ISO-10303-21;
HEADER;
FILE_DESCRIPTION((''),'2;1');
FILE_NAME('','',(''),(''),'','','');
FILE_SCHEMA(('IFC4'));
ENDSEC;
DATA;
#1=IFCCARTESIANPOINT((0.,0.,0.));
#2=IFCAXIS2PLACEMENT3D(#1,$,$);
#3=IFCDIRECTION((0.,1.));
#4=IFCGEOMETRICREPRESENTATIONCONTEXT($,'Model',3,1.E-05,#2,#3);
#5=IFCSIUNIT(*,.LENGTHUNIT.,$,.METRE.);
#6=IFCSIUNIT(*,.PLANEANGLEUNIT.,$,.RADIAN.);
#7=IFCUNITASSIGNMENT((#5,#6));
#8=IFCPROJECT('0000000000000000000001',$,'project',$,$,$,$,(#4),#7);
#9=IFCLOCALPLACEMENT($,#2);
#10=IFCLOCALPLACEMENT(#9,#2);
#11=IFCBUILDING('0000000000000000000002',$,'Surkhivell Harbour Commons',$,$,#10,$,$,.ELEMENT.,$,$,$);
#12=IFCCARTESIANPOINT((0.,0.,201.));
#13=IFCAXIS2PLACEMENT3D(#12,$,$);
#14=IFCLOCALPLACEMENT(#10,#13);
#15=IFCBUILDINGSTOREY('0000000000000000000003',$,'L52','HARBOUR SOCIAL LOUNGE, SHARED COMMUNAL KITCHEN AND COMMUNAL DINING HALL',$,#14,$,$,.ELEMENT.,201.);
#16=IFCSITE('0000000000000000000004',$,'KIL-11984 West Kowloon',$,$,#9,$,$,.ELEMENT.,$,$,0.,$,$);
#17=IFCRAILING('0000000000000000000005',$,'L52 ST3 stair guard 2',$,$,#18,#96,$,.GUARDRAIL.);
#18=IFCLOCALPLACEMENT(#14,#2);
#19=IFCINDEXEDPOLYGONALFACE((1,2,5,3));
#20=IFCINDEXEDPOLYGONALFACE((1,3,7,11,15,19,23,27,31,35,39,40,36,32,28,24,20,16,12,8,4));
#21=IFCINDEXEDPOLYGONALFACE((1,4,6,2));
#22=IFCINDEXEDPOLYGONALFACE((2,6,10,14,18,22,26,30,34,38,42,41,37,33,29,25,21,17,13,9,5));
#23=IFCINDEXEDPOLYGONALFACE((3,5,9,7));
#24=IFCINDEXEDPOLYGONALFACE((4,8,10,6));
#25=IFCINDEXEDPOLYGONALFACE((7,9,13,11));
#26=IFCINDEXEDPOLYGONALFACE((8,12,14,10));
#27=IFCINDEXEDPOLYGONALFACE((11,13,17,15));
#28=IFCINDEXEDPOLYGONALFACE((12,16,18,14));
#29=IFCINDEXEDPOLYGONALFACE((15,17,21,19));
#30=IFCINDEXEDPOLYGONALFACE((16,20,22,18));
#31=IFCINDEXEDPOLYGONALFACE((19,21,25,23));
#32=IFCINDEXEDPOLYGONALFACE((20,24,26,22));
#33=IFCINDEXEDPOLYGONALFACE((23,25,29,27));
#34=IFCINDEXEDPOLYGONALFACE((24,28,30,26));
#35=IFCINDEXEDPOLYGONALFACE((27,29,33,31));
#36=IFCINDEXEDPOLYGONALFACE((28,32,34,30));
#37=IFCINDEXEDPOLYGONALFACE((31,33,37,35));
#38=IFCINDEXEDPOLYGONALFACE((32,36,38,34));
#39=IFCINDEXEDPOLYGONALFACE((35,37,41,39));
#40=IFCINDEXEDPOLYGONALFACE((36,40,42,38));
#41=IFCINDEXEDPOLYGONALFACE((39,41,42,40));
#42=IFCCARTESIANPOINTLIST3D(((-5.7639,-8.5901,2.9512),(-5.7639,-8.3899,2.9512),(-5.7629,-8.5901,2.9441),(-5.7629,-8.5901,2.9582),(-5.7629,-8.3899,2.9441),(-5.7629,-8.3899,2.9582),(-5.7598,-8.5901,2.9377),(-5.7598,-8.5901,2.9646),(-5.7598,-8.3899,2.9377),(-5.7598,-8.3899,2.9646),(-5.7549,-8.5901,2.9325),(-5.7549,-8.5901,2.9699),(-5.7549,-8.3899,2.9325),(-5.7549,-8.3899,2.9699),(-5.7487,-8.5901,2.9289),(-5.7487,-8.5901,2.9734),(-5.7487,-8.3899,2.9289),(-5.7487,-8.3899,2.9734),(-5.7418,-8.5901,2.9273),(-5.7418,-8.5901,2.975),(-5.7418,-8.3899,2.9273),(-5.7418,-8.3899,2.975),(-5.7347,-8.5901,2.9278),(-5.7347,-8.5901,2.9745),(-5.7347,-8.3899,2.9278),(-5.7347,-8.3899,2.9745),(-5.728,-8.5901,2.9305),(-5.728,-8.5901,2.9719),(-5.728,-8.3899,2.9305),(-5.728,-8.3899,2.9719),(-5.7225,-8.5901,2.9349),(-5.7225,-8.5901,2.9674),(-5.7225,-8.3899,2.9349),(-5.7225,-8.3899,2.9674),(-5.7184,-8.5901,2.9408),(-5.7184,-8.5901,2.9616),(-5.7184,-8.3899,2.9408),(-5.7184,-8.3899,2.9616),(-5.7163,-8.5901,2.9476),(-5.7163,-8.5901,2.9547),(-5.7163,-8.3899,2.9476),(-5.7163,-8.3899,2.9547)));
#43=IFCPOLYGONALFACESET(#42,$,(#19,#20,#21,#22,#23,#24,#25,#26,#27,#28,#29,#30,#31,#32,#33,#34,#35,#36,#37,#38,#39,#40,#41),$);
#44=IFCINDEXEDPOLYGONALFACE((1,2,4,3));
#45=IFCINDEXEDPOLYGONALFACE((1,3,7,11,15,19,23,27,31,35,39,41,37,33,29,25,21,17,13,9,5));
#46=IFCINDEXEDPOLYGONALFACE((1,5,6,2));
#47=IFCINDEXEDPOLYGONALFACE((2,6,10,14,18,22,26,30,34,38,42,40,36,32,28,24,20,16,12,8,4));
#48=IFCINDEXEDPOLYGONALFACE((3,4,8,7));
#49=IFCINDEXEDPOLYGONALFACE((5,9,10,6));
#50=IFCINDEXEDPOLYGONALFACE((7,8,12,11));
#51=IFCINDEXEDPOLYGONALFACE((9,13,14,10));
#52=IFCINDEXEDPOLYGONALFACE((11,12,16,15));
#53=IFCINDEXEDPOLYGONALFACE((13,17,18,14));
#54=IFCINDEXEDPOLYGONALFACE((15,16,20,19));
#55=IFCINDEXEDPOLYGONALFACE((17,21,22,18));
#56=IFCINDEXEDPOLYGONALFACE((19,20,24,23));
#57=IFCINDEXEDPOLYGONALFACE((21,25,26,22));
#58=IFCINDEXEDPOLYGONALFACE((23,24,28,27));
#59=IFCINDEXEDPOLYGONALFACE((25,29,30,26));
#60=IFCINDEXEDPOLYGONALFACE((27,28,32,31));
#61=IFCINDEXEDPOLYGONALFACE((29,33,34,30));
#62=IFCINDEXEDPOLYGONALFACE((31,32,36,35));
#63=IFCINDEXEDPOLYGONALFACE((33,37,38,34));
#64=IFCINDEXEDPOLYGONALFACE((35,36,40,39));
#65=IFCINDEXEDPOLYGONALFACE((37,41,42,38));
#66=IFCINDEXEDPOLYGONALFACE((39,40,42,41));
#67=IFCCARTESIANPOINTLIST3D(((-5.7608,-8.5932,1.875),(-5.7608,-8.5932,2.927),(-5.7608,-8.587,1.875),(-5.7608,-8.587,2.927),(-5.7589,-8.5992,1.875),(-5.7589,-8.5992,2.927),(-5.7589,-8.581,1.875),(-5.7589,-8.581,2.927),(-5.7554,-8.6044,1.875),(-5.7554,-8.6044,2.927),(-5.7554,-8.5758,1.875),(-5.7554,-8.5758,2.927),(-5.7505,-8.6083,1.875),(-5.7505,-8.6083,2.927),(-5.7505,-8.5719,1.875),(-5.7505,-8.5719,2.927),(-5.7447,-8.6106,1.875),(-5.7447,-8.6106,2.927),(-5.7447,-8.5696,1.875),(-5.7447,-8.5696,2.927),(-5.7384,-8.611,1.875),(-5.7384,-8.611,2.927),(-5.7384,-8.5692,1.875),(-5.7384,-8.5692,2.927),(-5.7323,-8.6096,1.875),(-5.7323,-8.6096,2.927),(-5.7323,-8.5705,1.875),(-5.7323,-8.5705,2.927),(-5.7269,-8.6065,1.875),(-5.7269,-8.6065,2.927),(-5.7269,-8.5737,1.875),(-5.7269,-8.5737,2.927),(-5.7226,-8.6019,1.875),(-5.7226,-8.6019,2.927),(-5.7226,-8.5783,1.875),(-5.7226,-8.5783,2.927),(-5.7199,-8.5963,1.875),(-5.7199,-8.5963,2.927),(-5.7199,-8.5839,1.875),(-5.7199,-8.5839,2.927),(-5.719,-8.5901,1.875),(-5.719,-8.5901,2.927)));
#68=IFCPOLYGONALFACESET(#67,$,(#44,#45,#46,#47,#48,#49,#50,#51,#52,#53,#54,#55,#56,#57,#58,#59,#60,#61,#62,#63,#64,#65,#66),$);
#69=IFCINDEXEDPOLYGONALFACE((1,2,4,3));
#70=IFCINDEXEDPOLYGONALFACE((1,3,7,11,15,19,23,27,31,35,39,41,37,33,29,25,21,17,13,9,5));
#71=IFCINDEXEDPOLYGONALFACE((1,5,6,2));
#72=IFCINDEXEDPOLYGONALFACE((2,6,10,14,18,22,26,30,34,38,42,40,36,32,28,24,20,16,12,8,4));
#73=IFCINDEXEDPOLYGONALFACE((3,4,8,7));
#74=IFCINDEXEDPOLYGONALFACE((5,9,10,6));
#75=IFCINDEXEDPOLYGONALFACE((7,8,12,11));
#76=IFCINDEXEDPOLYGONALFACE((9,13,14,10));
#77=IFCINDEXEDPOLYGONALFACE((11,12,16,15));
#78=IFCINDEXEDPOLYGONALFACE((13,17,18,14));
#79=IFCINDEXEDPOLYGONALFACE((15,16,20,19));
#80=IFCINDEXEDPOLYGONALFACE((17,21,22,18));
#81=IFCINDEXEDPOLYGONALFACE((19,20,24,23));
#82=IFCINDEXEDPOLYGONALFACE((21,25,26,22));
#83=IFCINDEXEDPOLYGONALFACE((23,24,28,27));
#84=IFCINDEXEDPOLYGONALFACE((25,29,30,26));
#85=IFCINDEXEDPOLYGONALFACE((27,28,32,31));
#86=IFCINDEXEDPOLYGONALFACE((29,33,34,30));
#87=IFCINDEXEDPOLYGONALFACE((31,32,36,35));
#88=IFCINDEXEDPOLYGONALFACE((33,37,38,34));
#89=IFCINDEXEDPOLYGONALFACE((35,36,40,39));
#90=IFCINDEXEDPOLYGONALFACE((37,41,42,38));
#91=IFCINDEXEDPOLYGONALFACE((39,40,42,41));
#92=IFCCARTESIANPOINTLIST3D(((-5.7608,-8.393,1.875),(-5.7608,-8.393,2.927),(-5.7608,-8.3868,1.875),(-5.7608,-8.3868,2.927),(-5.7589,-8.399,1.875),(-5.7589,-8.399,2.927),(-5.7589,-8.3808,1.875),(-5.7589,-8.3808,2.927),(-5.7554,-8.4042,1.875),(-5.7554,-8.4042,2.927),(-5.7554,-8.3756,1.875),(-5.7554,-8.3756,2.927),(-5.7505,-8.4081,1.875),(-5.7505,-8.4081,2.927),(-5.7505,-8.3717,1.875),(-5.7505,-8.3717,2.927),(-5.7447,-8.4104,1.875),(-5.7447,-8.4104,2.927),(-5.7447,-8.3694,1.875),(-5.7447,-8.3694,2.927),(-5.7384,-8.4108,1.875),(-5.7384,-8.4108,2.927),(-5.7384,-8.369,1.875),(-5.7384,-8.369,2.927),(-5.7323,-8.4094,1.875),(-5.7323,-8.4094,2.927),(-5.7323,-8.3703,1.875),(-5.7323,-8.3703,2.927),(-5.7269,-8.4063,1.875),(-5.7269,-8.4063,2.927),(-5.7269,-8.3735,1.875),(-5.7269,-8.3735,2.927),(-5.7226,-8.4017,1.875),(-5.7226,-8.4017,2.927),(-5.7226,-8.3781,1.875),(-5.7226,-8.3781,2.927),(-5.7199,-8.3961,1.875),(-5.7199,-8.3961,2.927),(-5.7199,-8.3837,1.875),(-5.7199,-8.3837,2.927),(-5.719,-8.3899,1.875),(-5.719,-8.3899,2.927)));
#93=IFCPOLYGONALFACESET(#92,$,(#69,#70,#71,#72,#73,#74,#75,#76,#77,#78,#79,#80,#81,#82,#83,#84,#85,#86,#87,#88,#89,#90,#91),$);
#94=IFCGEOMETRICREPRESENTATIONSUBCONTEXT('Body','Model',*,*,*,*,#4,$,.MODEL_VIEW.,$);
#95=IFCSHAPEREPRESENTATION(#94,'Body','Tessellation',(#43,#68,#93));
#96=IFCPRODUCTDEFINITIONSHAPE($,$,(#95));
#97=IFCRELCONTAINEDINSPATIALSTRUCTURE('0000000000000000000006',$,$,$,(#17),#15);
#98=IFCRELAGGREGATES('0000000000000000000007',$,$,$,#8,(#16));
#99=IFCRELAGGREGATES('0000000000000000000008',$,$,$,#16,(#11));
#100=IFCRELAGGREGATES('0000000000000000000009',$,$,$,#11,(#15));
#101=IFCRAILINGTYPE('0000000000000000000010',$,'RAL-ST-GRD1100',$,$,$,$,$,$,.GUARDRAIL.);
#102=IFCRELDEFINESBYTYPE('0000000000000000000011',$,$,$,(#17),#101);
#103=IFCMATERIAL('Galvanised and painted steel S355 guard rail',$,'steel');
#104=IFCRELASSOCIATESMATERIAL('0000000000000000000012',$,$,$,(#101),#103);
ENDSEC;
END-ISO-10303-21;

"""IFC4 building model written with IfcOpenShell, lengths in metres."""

from ifc_helpers import new_model, si_unit, direction, frame, origin, origin_2d, place, context, subcontext, project, spatial, circle, extrude, material, type_object, element, save


model = new_model("IFC4")

# Units and contexts
model_context = context("Model", 3, precision=1e-05, world=origin(), true_north=direction((0.0, 1.0)))
body_context = subcontext(model_context, "Body", "Model", "MODEL_VIEW")
ifc_project = project(units=[si_unit("LENGTHUNIT", "METRE"), si_unit("PLANEANGLEUNIT", "RADIAN")], contexts=[model_context])

# Site, building, storey
site_placement = place(None, origin())
site = spatial("IfcSite", under=ifc_project, at=site_placement, Name="KIL-11984 West Kowloon", CompositionType="ELEMENT", RefElevation=0.0)
building_placement = place(site_placement, origin())
building = spatial("IfcBuilding", under=site, at=building_placement, Name="Surkhivell Harbour Commons", CompositionType="ELEMENT")
storey_placement = place(building_placement, frame((0.0, 0.0, 201.0)))
storey = spatial("IfcBuildingStorey", under=building, at=storey_placement, Name="L52", Description="HARBOUR SOCIAL LOUNGE, SHARED COMMUNAL KITCHEN AND COMMUNAL DINING HALL", CompositionType="ELEMENT", Elevation=201.0)

# Railing
ifc_material_1 = material(Name="Galvanised and painted steel S355 guard rail", Category="steel")
railing_type_1 = type_object("IfcRailingType", Name="RAL-ST-GRD1100", PredefinedType="GUARDRAIL", material=ifc_material_1)
railing_1_placement = place(storey_placement, frame((-5.74, -8.5901, 1.875)))
element("IfcRailing", 1, at=railing_1_placement, inside=storey, type_object=railing_type_1, Name="L52 ST3 stair guard 2", PredefinedType="GUARDRAIL", context=body_context, shape_type="SweptSolid", body=[
    extrude(circle(Radius=0.0239, at=origin_2d()), frame((0.0, 0.0, 1.0762), z_axis=(0.0, 1.0, 0.0), x_axis=(-1.0, 0.0, 0.0)), (0.0, 0.0, 1.0), 0.2002),
    extrude(circle(Radius=0.021, at=origin_2d()), origin(), (0.0, 0.0, 1.0), 1.052),
    extrude(circle(Radius=0.021, at=origin_2d()), frame((0.0, 0.2002, 0.0)), (0.0, 0.0, 1.0), 1.052),
])

save(model, "model.ifc")
